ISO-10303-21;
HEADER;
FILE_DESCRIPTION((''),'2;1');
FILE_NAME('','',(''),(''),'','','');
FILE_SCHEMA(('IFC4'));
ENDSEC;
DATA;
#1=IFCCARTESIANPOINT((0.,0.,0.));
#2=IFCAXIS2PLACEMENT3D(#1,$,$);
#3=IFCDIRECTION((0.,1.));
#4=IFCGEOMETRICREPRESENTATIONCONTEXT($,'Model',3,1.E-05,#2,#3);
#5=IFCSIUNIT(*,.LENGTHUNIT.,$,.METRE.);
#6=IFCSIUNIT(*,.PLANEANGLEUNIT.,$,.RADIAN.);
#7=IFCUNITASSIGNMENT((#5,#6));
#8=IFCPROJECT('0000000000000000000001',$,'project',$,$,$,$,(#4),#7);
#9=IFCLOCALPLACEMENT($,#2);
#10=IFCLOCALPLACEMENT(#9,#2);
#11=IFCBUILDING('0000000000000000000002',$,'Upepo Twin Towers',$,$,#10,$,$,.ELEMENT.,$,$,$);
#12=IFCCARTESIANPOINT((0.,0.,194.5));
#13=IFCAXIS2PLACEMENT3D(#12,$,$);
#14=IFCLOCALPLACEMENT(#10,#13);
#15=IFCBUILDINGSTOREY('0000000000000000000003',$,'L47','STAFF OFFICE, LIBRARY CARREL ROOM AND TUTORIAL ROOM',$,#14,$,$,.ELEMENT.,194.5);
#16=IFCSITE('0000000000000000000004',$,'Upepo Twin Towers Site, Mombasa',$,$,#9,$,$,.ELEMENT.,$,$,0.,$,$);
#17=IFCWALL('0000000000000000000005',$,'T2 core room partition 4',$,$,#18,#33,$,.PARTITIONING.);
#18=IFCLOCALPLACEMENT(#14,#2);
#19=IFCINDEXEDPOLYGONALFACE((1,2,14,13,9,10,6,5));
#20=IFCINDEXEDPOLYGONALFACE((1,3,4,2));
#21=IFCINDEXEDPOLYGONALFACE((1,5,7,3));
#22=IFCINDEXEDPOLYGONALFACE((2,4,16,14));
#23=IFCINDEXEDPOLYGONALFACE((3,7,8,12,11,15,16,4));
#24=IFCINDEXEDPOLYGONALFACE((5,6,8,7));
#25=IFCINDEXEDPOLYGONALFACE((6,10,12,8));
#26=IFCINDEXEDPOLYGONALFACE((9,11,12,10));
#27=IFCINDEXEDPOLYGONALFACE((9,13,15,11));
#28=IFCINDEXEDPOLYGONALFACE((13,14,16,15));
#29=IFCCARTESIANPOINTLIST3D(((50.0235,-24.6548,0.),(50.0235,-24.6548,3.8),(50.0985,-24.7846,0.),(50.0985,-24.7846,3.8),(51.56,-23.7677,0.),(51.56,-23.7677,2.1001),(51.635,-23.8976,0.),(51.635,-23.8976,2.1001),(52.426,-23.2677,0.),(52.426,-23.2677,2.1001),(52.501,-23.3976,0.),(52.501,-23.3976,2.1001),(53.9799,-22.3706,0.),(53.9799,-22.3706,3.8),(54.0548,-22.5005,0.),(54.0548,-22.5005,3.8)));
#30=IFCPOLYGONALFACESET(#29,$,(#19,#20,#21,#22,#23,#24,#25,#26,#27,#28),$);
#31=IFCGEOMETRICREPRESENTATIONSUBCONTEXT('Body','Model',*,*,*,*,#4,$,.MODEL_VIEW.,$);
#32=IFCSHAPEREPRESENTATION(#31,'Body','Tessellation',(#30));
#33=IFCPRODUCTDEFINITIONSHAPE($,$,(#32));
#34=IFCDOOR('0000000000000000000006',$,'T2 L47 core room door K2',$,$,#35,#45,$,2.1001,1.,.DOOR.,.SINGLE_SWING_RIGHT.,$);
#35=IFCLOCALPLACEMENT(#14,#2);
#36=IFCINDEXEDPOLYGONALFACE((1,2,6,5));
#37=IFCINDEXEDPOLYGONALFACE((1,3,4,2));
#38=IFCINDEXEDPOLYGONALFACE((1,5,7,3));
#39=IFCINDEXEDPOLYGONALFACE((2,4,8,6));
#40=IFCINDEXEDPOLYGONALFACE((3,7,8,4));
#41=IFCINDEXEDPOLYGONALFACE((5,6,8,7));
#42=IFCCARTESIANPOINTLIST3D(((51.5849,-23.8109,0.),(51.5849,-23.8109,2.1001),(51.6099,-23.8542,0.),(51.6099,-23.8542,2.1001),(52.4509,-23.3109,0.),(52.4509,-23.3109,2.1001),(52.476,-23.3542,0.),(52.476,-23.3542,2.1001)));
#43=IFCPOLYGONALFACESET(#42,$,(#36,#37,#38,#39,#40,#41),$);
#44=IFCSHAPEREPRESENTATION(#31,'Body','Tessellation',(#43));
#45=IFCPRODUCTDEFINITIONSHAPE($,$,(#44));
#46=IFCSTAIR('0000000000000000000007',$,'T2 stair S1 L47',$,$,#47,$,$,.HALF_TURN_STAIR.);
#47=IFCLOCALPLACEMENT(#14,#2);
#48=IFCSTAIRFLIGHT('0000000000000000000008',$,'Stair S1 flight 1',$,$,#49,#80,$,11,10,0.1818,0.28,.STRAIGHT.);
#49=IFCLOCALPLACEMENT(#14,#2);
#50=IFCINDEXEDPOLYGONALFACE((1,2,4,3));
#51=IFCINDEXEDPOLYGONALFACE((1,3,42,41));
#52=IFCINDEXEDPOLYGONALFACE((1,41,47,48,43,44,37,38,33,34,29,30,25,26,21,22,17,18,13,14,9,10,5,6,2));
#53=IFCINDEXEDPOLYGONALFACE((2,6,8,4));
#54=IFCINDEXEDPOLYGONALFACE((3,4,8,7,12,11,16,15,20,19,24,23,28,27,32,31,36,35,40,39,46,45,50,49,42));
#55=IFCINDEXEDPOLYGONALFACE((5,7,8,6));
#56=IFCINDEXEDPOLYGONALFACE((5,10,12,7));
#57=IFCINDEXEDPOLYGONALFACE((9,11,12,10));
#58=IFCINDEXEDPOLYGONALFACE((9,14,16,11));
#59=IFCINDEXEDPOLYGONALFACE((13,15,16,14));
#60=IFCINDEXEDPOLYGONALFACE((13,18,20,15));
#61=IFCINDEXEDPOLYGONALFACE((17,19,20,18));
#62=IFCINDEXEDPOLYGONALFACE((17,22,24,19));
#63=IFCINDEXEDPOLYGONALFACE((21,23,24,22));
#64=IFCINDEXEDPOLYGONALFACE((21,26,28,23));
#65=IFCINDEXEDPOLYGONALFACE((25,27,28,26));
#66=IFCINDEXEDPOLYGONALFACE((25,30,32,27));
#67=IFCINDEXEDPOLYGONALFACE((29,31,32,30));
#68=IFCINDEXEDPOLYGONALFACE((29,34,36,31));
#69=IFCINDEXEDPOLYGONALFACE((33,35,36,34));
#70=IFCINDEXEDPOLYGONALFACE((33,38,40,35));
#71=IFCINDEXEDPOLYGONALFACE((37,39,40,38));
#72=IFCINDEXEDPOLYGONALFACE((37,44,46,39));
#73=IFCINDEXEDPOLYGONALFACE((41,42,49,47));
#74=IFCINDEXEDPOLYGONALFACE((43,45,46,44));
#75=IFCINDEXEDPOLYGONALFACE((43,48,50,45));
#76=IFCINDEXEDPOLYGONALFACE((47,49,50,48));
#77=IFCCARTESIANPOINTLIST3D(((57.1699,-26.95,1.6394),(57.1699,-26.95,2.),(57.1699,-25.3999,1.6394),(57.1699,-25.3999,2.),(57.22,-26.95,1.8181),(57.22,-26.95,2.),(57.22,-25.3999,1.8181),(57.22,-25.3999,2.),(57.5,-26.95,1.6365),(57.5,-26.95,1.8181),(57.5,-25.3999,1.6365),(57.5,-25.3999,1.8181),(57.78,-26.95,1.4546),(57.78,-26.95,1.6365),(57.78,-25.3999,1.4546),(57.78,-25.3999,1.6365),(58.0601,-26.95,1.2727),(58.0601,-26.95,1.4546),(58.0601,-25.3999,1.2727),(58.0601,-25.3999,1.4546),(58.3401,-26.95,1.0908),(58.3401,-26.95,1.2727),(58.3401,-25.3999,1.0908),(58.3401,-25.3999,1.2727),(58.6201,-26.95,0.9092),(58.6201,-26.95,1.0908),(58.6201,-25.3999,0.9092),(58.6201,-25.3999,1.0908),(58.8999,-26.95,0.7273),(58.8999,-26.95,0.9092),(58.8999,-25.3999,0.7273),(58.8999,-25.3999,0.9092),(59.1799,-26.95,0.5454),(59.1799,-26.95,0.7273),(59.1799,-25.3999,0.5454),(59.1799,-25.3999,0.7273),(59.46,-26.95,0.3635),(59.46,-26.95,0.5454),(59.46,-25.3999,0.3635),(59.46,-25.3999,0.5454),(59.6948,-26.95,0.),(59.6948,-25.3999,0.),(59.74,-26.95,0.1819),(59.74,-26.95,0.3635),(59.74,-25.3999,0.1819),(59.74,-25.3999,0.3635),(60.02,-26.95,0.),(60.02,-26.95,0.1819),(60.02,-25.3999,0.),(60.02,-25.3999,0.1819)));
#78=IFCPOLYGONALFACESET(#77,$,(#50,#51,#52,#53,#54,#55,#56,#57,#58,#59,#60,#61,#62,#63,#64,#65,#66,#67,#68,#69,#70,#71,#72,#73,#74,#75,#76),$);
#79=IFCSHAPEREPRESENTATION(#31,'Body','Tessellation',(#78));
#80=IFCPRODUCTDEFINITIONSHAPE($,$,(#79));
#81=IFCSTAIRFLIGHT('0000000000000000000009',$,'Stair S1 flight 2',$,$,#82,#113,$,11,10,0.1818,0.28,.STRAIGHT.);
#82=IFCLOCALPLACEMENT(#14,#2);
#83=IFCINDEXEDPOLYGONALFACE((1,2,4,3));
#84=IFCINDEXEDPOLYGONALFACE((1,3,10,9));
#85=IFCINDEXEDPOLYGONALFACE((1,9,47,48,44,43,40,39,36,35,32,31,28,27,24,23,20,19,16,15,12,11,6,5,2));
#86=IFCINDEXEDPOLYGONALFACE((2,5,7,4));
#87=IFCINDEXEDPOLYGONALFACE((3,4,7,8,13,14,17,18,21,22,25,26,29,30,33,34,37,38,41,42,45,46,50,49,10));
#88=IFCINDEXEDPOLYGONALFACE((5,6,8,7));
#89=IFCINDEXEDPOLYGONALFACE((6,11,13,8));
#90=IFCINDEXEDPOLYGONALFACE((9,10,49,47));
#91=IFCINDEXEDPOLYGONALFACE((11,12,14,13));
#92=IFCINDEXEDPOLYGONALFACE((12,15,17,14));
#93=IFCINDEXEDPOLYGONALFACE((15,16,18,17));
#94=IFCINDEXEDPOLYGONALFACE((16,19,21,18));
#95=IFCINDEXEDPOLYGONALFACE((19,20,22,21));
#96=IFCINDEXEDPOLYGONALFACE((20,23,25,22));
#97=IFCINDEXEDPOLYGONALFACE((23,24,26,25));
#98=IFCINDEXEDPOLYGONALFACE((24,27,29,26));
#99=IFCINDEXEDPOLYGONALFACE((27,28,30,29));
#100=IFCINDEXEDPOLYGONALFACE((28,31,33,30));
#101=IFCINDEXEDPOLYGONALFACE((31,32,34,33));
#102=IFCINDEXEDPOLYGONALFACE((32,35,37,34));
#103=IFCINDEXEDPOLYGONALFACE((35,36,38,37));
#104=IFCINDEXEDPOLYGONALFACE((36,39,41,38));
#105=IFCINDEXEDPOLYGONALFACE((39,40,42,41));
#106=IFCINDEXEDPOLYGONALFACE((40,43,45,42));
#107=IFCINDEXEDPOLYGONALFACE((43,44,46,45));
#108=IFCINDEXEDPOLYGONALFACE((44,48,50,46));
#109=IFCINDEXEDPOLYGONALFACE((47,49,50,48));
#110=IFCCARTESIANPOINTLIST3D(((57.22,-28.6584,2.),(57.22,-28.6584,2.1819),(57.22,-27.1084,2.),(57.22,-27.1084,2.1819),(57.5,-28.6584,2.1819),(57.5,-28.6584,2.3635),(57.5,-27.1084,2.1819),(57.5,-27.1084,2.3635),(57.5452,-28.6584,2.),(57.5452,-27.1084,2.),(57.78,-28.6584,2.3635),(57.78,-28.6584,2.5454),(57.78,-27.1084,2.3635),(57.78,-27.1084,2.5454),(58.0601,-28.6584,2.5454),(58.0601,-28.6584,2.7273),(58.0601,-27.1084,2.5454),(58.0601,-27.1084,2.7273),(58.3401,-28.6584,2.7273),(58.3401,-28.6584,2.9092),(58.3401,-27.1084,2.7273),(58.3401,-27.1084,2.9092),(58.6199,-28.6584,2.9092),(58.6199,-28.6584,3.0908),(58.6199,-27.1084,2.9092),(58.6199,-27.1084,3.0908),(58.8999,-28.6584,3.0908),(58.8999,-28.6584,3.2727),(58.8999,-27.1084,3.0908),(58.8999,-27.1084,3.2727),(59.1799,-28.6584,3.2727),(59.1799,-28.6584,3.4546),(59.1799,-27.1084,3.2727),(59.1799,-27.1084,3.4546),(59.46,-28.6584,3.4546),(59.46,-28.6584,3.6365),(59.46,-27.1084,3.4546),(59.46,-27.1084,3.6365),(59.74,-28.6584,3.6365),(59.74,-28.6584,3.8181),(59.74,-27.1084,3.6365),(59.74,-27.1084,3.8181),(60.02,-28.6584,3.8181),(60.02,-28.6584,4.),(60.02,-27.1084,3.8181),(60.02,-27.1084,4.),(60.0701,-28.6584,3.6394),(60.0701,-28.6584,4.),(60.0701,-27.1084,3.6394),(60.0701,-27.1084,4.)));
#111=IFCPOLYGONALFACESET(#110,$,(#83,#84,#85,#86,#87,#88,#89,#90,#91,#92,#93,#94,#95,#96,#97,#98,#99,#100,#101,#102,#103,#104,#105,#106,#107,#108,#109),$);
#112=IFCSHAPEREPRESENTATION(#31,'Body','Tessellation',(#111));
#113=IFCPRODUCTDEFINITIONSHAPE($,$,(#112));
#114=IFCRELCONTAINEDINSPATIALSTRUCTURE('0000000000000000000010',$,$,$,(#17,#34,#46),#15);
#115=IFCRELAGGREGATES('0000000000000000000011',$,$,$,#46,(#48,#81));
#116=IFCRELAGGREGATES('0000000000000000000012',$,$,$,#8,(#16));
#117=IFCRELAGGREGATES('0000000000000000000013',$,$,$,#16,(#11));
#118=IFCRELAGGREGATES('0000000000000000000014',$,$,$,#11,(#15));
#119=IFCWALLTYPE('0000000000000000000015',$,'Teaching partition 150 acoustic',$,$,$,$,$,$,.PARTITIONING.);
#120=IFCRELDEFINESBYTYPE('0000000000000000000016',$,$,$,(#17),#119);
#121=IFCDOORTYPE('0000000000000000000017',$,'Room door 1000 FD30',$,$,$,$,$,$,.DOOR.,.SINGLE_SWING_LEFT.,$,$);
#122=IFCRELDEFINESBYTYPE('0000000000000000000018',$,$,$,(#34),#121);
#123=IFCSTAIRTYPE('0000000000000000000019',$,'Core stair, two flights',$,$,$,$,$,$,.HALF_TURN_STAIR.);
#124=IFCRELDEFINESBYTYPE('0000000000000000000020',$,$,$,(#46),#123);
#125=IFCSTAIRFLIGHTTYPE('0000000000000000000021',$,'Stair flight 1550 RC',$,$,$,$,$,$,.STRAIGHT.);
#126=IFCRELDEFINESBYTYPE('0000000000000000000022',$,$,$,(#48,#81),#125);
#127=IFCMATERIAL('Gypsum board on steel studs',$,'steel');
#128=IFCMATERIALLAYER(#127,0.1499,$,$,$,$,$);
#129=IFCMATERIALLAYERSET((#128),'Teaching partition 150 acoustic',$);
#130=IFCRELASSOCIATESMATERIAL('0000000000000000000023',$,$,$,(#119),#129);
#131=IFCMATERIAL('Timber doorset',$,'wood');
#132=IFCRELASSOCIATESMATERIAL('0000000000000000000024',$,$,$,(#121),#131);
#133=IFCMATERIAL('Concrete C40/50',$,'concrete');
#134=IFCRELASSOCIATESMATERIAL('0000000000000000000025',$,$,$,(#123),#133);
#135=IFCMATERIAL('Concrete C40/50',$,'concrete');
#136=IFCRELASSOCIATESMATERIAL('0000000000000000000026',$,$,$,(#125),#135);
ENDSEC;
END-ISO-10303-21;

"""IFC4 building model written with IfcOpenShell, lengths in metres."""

from ifc_helpers import new_model, si_unit, direction, frame, frame_2d, origin, place, context, subcontext, project, spatial, polyline, rectangle, outline, extrude, material, layer, layer_set, type_object, element, fill, aggregate, save


model = new_model("IFC4")

# Units and contexts
model_context = context("Model", 3, precision=1e-05, world=origin(), true_north=direction((0.0, 1.0)))
body_context = subcontext(model_context, "Body", "Model", "MODEL_VIEW")
ifc_project = project(units=[si_unit("LENGTHUNIT", "METRE"), si_unit("PLANEANGLEUNIT", "RADIAN")], contexts=[model_context])

# Site, building, storey
site_placement = place(None, origin())
site = spatial("IfcSite", under=ifc_project, at=site_placement, Name="Upepo Twin Towers Site, Mombasa", CompositionType="ELEMENT", RefElevation=0.0)
building_placement = place(site_placement, origin())
building = spatial("IfcBuilding", under=site, at=building_placement, Name="Upepo Twin Towers", CompositionType="ELEMENT")
storey_placement = place(building_placement, frame((0.0, 0.0, 194.5)))
storey = spatial("IfcBuildingStorey", under=building, at=storey_placement, Name="L47", Description="STAFF OFFICE, LIBRARY CARREL ROOM AND TUTORIAL ROOM", CompositionType="ELEMENT", Elevation=194.5)

# Shared definitions
ifc_material_1 = material(Name="Gypsum board on steel studs", Category="steel")
ifc_layer_1 = layer(ifc_material_1, 0.1499)
ifc_layer_set_1 = layer_set([ifc_layer_1], Name="Teaching partition 150 acoustic")
wall_type_1 = type_object("IfcWallType", Name="Teaching partition 150 acoustic", PredefinedType="PARTITIONING", material=ifc_layer_set_1)

# Wall, opening, door
wall_1_placement = place(storey_placement, frame((54.0173, -22.4355, 0.0), z_axis=(0.0, 0.0, 1.0), x_axis=(-0.866025, -0.500002, 0.0)))
wall_1 = element("IfcWall", 1, at=wall_1_placement, inside=storey, type_object=wall_type_1, Name="T2 core room partition 4", PredefinedType="PARTITIONING", context=body_context, shape_type="SweptSolid", body=[
    extrude(rectangle(XDim=4.5684, YDim=0.1499, at=frame_2d((2.2842, 0.0))), origin(), (0.0, 0.0, 1.0), 3.8),
])
opening_1_placement = place(wall_1_placement, frame((1.7942, 0.0, 0.0)))
opening_1 = element("IfcOpeningElement", 2, at=opening_1_placement, cuts=wall_1, PredefinedType="OPENING", context=body_context, shape_type="SweptSolid", body=[
    extrude(rectangle(XDim=1.0, YDim=2.1001, at=frame_2d((0.5, 1.05))), frame((0.0, 0.085, 0.0), z_axis=(0.0, -1.0, 0.0), x_axis=(1.0, 0.0, 0.0)), (0.0, 0.0, 1.0), 0.1699),
])
ifc_material_2 = material(Name="Timber doorset", Category="wood")
door_type_1 = type_object("IfcDoorType", Name="Room door 1000 FD30", OperationType="SINGLE_SWING_LEFT", PredefinedType="DOOR", material=ifc_material_2)
door_1_placement = place(opening_1_placement, origin())
door_1 = element("IfcDoor", 3, at=door_1_placement, inside=storey, type_object=door_type_1, Name="T2 L47 core room door K2", OperationType="SINGLE_SWING_RIGHT", OverallHeight=2.1001, OverallWidth=1.0, PredefinedType="DOOR", context=body_context, shape_type="SweptSolid", body=[
    extrude(rectangle(XDim=1.0, YDim=2.1001, at=frame_2d((0.5, 1.05))), frame((0.0, 0.0249, 0.0), z_axis=(0.0, -1.0, 0.0), x_axis=(1.0, 0.0, 0.0)), (0.0, 0.0, 1.0), 0.05),
])
fill(opening_1, door_1)

# Stair, stair flights
ifc_material_3 = material(Name="Concrete C40/50", Category="concrete")
stair_type = type_object("IfcStairType", Name="Core stair, two flights", PredefinedType="HALF_TURN_STAIR", material=ifc_material_3)
stair_placement = place(storey_placement, origin())
stair = element("IfcStair", 4, at=stair_placement, inside=storey, type_object=stair_type, Name="T2 stair S1 L47", PredefinedType="HALF_TURN_STAIR")
ifc_material_4 = material(Name="Concrete C40/50", Category="concrete")
stair_flight_type = type_object("IfcStairFlightType", Name="Stair flight 1550 RC", PredefinedType="STRAIGHT", material=ifc_material_4)
stair_flight_1_placement = place(storey_placement, frame((60.02, -26.175, 0.0), z_axis=(0.0, 0.0, 1.0), x_axis=(-1.0, 0.0, 0.0)))
stair_flight_1 = element("IfcStairFlight", 5, at=stair_flight_1_placement, type_object=stair_flight_type, Name="Stair S1 flight 1", NumberOfRisers=11, NumberOfTreads=10, PredefinedType="STRAIGHT", RiserHeight=0.1818, TreadLength=0.28, context=body_context, shape_type="SweptSolid", body=[
    extrude(outline(polyline([(0.0, 0.0), (0.0, 0.1819), (0.28, 0.1819), (0.28, 0.3635), (0.5601, 0.3635), (0.5601, 0.5454), (0.8401, 0.5454), (0.8401, 0.7273), (1.1201, 0.7273), (1.1201, 0.9092), (1.3999, 0.9092), (1.3999, 1.0908), (1.6799, 1.0908), (1.6799, 1.2727), (1.96, 1.2727), (1.96, 1.4546), (2.24, 1.4546), (2.24, 1.6365), (2.52, 1.6365), (2.52, 1.8181), (2.8, 1.8181), (2.8, 2.0), (2.8501, 2.0), (2.8501, 1.6394), (0.3252, 0.0), (0.0, 0.0)])), frame((0.0, 0.7749, 0.0), z_axis=(0.0, -1.0, 0.0), x_axis=(1.0, 0.0, 0.0)), (0.0, 0.0, 1.0), 1.55),
])
stair_flight_2_placement = place(storey_placement, frame((57.22, -27.8833, 2.0), z_axis=(0.0, 0.0, 1.0), x_axis=(1.0, 0.0, 0.0)))
stair_flight_2 = element("IfcStairFlight", 6, at=stair_flight_2_placement, type_object=stair_flight_type, Name="Stair S1 flight 2", NumberOfRisers=11, NumberOfTreads=10, PredefinedType="STRAIGHT", RiserHeight=0.1818, TreadLength=0.28, context=body_context, shape_type="SweptSolid", body=[
    extrude(outline(polyline([(0.0, 0.0), (0.0, 0.1819), (0.28, 0.1819), (0.28, 0.3635), (0.5601, 0.3635), (0.5601, 0.5454), (0.8401, 0.5454), (0.8401, 0.7273), (1.1201, 0.7273), (1.1201, 0.9092), (1.3999, 0.9092), (1.3999, 1.0908), (1.6799, 1.0908), (1.6799, 1.2727), (1.96, 1.2727), (1.96, 1.4546), (2.24, 1.4546), (2.24, 1.6365), (2.52, 1.6365), (2.52, 1.8181), (2.8, 1.8181), (2.8, 2.0), (2.8501, 2.0), (2.8501, 1.6394), (0.3252, 0.0), (0.0, 0.0)])), frame((0.0, 0.7749, 0.0), z_axis=(0.0, -1.0, 0.0), x_axis=(1.0, 0.0, 0.0)), (0.0, 0.0, 1.0), 1.55),
])
aggregate(stair, [stair_flight_1, stair_flight_2])

save(model, "model.ifc")
